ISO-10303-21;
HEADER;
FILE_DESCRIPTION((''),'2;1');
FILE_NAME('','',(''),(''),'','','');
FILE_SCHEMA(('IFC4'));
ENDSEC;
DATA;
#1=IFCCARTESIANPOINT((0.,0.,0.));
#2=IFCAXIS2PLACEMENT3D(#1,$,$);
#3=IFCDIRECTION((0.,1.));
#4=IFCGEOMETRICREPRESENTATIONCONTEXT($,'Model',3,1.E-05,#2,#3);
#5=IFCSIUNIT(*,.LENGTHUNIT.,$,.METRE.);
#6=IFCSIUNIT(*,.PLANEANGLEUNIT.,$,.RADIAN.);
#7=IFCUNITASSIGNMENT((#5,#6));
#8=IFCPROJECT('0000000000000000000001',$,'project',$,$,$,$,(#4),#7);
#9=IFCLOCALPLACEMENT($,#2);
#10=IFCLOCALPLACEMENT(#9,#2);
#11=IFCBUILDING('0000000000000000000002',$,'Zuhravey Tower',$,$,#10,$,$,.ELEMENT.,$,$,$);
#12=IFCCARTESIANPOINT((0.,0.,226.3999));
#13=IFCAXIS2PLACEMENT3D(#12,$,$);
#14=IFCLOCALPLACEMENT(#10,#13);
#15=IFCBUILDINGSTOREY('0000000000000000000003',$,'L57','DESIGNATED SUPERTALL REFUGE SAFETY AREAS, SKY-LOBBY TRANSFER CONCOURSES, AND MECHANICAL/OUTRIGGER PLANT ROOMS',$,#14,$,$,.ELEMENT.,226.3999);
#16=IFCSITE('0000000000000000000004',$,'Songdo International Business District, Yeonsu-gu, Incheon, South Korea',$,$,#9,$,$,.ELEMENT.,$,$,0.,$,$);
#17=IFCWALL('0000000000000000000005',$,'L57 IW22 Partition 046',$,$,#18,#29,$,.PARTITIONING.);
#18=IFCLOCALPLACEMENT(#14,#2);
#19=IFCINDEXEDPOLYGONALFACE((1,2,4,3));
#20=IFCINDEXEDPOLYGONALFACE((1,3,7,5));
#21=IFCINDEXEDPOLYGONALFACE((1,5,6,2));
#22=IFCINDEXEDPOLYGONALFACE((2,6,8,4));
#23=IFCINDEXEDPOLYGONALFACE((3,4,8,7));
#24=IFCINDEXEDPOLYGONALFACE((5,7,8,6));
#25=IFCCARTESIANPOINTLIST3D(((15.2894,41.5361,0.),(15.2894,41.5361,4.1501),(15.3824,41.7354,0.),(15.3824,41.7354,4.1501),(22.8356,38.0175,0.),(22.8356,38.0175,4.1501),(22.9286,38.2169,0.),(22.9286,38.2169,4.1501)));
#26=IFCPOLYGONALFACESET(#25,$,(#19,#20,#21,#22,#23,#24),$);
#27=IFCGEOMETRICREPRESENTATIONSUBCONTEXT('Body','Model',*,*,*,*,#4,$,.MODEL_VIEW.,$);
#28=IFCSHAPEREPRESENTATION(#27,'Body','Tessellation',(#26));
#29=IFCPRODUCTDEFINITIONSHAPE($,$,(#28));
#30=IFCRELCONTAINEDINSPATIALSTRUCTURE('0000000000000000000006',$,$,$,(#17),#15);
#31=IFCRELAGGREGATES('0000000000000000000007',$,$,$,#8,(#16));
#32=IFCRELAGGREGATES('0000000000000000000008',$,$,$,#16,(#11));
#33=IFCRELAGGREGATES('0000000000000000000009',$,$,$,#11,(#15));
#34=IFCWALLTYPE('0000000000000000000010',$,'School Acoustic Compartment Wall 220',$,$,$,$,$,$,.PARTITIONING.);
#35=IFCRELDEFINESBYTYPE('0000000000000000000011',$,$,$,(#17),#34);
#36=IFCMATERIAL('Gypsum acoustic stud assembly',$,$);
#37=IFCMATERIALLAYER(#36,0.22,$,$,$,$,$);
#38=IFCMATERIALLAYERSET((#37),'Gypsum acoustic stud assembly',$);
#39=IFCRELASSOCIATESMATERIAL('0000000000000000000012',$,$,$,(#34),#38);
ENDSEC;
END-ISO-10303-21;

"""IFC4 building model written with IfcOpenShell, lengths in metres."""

from ifc_helpers import new_model, si_unit, direction, frame, frame_2d, origin, place, context, subcontext, project, spatial, rectangle, extrude, material, layer, layer_set, type_object, element, save


model = new_model("IFC4")

# Units and contexts
model_context = context("Model", 3, precision=1e-05, world=origin(), true_north=direction((0.0, 1.0)))
body_context = subcontext(model_context, "Body", "Model", "MODEL_VIEW")
ifc_project = project(units=[si_unit("LENGTHUNIT", "METRE"), si_unit("PLANEANGLEUNIT", "RADIAN")], contexts=[model_context])

# Site, building, storey
site_placement = place(None, origin())
site = spatial("IfcSite", under=ifc_project, at=site_placement, Name="Songdo International Business District, Yeonsu-gu, Incheon, South Korea", CompositionType="ELEMENT", RefElevation=0.0)
building_placement = place(site_placement, origin())
building = spatial("IfcBuilding", under=site, at=building_placement, Name="Zuhravey Tower", CompositionType="ELEMENT")
storey_placement = place(building_placement, frame((0.0, 0.0, 226.3999)))
storey = spatial("IfcBuildingStorey", under=building, at=storey_placement, Name="L57", Description="DESIGNATED SUPERTALL REFUGE SAFETY AREAS, SKY-LOBBY TRANSFER CONCOURSES, AND MECHANICAL/OUTRIGGER PLANT ROOMS", CompositionType="ELEMENT", Elevation=226.3999)

# Wall
ifc_material_1 = material(Name="Gypsum acoustic stud assembly")
ifc_layer_1 = layer(ifc_material_1, 0.22)
ifc_layer_set_1 = layer_set([ifc_layer_1], Name="Gypsum acoustic stud assembly")
wall_type_1 = type_object("IfcWallType", Name="School Acoustic Compartment Wall 220", PredefinedType="PARTITIONING", material=ifc_layer_set_1)
wall_1_placement = place(storey_placement, frame((22.8821, 38.1172, 0.0), z_axis=(0.0, 0.0, 1.0), x_axis=(-0.90632, 0.422592, 0.0)))
element("IfcWall", 1, at=wall_1_placement, inside=storey, type_object=wall_type_1, Name="L57 IW22 Partition 046", PredefinedType="PARTITIONING", context=body_context, shape_type="SweptSolid", body=[
    extrude(rectangle(XDim=8.3262, YDim=0.22, at=frame_2d((4.1631, 0.0))), origin(), (0.0, 0.0, 1.0), 4.1501),
])

save(model, "model.ifc")
